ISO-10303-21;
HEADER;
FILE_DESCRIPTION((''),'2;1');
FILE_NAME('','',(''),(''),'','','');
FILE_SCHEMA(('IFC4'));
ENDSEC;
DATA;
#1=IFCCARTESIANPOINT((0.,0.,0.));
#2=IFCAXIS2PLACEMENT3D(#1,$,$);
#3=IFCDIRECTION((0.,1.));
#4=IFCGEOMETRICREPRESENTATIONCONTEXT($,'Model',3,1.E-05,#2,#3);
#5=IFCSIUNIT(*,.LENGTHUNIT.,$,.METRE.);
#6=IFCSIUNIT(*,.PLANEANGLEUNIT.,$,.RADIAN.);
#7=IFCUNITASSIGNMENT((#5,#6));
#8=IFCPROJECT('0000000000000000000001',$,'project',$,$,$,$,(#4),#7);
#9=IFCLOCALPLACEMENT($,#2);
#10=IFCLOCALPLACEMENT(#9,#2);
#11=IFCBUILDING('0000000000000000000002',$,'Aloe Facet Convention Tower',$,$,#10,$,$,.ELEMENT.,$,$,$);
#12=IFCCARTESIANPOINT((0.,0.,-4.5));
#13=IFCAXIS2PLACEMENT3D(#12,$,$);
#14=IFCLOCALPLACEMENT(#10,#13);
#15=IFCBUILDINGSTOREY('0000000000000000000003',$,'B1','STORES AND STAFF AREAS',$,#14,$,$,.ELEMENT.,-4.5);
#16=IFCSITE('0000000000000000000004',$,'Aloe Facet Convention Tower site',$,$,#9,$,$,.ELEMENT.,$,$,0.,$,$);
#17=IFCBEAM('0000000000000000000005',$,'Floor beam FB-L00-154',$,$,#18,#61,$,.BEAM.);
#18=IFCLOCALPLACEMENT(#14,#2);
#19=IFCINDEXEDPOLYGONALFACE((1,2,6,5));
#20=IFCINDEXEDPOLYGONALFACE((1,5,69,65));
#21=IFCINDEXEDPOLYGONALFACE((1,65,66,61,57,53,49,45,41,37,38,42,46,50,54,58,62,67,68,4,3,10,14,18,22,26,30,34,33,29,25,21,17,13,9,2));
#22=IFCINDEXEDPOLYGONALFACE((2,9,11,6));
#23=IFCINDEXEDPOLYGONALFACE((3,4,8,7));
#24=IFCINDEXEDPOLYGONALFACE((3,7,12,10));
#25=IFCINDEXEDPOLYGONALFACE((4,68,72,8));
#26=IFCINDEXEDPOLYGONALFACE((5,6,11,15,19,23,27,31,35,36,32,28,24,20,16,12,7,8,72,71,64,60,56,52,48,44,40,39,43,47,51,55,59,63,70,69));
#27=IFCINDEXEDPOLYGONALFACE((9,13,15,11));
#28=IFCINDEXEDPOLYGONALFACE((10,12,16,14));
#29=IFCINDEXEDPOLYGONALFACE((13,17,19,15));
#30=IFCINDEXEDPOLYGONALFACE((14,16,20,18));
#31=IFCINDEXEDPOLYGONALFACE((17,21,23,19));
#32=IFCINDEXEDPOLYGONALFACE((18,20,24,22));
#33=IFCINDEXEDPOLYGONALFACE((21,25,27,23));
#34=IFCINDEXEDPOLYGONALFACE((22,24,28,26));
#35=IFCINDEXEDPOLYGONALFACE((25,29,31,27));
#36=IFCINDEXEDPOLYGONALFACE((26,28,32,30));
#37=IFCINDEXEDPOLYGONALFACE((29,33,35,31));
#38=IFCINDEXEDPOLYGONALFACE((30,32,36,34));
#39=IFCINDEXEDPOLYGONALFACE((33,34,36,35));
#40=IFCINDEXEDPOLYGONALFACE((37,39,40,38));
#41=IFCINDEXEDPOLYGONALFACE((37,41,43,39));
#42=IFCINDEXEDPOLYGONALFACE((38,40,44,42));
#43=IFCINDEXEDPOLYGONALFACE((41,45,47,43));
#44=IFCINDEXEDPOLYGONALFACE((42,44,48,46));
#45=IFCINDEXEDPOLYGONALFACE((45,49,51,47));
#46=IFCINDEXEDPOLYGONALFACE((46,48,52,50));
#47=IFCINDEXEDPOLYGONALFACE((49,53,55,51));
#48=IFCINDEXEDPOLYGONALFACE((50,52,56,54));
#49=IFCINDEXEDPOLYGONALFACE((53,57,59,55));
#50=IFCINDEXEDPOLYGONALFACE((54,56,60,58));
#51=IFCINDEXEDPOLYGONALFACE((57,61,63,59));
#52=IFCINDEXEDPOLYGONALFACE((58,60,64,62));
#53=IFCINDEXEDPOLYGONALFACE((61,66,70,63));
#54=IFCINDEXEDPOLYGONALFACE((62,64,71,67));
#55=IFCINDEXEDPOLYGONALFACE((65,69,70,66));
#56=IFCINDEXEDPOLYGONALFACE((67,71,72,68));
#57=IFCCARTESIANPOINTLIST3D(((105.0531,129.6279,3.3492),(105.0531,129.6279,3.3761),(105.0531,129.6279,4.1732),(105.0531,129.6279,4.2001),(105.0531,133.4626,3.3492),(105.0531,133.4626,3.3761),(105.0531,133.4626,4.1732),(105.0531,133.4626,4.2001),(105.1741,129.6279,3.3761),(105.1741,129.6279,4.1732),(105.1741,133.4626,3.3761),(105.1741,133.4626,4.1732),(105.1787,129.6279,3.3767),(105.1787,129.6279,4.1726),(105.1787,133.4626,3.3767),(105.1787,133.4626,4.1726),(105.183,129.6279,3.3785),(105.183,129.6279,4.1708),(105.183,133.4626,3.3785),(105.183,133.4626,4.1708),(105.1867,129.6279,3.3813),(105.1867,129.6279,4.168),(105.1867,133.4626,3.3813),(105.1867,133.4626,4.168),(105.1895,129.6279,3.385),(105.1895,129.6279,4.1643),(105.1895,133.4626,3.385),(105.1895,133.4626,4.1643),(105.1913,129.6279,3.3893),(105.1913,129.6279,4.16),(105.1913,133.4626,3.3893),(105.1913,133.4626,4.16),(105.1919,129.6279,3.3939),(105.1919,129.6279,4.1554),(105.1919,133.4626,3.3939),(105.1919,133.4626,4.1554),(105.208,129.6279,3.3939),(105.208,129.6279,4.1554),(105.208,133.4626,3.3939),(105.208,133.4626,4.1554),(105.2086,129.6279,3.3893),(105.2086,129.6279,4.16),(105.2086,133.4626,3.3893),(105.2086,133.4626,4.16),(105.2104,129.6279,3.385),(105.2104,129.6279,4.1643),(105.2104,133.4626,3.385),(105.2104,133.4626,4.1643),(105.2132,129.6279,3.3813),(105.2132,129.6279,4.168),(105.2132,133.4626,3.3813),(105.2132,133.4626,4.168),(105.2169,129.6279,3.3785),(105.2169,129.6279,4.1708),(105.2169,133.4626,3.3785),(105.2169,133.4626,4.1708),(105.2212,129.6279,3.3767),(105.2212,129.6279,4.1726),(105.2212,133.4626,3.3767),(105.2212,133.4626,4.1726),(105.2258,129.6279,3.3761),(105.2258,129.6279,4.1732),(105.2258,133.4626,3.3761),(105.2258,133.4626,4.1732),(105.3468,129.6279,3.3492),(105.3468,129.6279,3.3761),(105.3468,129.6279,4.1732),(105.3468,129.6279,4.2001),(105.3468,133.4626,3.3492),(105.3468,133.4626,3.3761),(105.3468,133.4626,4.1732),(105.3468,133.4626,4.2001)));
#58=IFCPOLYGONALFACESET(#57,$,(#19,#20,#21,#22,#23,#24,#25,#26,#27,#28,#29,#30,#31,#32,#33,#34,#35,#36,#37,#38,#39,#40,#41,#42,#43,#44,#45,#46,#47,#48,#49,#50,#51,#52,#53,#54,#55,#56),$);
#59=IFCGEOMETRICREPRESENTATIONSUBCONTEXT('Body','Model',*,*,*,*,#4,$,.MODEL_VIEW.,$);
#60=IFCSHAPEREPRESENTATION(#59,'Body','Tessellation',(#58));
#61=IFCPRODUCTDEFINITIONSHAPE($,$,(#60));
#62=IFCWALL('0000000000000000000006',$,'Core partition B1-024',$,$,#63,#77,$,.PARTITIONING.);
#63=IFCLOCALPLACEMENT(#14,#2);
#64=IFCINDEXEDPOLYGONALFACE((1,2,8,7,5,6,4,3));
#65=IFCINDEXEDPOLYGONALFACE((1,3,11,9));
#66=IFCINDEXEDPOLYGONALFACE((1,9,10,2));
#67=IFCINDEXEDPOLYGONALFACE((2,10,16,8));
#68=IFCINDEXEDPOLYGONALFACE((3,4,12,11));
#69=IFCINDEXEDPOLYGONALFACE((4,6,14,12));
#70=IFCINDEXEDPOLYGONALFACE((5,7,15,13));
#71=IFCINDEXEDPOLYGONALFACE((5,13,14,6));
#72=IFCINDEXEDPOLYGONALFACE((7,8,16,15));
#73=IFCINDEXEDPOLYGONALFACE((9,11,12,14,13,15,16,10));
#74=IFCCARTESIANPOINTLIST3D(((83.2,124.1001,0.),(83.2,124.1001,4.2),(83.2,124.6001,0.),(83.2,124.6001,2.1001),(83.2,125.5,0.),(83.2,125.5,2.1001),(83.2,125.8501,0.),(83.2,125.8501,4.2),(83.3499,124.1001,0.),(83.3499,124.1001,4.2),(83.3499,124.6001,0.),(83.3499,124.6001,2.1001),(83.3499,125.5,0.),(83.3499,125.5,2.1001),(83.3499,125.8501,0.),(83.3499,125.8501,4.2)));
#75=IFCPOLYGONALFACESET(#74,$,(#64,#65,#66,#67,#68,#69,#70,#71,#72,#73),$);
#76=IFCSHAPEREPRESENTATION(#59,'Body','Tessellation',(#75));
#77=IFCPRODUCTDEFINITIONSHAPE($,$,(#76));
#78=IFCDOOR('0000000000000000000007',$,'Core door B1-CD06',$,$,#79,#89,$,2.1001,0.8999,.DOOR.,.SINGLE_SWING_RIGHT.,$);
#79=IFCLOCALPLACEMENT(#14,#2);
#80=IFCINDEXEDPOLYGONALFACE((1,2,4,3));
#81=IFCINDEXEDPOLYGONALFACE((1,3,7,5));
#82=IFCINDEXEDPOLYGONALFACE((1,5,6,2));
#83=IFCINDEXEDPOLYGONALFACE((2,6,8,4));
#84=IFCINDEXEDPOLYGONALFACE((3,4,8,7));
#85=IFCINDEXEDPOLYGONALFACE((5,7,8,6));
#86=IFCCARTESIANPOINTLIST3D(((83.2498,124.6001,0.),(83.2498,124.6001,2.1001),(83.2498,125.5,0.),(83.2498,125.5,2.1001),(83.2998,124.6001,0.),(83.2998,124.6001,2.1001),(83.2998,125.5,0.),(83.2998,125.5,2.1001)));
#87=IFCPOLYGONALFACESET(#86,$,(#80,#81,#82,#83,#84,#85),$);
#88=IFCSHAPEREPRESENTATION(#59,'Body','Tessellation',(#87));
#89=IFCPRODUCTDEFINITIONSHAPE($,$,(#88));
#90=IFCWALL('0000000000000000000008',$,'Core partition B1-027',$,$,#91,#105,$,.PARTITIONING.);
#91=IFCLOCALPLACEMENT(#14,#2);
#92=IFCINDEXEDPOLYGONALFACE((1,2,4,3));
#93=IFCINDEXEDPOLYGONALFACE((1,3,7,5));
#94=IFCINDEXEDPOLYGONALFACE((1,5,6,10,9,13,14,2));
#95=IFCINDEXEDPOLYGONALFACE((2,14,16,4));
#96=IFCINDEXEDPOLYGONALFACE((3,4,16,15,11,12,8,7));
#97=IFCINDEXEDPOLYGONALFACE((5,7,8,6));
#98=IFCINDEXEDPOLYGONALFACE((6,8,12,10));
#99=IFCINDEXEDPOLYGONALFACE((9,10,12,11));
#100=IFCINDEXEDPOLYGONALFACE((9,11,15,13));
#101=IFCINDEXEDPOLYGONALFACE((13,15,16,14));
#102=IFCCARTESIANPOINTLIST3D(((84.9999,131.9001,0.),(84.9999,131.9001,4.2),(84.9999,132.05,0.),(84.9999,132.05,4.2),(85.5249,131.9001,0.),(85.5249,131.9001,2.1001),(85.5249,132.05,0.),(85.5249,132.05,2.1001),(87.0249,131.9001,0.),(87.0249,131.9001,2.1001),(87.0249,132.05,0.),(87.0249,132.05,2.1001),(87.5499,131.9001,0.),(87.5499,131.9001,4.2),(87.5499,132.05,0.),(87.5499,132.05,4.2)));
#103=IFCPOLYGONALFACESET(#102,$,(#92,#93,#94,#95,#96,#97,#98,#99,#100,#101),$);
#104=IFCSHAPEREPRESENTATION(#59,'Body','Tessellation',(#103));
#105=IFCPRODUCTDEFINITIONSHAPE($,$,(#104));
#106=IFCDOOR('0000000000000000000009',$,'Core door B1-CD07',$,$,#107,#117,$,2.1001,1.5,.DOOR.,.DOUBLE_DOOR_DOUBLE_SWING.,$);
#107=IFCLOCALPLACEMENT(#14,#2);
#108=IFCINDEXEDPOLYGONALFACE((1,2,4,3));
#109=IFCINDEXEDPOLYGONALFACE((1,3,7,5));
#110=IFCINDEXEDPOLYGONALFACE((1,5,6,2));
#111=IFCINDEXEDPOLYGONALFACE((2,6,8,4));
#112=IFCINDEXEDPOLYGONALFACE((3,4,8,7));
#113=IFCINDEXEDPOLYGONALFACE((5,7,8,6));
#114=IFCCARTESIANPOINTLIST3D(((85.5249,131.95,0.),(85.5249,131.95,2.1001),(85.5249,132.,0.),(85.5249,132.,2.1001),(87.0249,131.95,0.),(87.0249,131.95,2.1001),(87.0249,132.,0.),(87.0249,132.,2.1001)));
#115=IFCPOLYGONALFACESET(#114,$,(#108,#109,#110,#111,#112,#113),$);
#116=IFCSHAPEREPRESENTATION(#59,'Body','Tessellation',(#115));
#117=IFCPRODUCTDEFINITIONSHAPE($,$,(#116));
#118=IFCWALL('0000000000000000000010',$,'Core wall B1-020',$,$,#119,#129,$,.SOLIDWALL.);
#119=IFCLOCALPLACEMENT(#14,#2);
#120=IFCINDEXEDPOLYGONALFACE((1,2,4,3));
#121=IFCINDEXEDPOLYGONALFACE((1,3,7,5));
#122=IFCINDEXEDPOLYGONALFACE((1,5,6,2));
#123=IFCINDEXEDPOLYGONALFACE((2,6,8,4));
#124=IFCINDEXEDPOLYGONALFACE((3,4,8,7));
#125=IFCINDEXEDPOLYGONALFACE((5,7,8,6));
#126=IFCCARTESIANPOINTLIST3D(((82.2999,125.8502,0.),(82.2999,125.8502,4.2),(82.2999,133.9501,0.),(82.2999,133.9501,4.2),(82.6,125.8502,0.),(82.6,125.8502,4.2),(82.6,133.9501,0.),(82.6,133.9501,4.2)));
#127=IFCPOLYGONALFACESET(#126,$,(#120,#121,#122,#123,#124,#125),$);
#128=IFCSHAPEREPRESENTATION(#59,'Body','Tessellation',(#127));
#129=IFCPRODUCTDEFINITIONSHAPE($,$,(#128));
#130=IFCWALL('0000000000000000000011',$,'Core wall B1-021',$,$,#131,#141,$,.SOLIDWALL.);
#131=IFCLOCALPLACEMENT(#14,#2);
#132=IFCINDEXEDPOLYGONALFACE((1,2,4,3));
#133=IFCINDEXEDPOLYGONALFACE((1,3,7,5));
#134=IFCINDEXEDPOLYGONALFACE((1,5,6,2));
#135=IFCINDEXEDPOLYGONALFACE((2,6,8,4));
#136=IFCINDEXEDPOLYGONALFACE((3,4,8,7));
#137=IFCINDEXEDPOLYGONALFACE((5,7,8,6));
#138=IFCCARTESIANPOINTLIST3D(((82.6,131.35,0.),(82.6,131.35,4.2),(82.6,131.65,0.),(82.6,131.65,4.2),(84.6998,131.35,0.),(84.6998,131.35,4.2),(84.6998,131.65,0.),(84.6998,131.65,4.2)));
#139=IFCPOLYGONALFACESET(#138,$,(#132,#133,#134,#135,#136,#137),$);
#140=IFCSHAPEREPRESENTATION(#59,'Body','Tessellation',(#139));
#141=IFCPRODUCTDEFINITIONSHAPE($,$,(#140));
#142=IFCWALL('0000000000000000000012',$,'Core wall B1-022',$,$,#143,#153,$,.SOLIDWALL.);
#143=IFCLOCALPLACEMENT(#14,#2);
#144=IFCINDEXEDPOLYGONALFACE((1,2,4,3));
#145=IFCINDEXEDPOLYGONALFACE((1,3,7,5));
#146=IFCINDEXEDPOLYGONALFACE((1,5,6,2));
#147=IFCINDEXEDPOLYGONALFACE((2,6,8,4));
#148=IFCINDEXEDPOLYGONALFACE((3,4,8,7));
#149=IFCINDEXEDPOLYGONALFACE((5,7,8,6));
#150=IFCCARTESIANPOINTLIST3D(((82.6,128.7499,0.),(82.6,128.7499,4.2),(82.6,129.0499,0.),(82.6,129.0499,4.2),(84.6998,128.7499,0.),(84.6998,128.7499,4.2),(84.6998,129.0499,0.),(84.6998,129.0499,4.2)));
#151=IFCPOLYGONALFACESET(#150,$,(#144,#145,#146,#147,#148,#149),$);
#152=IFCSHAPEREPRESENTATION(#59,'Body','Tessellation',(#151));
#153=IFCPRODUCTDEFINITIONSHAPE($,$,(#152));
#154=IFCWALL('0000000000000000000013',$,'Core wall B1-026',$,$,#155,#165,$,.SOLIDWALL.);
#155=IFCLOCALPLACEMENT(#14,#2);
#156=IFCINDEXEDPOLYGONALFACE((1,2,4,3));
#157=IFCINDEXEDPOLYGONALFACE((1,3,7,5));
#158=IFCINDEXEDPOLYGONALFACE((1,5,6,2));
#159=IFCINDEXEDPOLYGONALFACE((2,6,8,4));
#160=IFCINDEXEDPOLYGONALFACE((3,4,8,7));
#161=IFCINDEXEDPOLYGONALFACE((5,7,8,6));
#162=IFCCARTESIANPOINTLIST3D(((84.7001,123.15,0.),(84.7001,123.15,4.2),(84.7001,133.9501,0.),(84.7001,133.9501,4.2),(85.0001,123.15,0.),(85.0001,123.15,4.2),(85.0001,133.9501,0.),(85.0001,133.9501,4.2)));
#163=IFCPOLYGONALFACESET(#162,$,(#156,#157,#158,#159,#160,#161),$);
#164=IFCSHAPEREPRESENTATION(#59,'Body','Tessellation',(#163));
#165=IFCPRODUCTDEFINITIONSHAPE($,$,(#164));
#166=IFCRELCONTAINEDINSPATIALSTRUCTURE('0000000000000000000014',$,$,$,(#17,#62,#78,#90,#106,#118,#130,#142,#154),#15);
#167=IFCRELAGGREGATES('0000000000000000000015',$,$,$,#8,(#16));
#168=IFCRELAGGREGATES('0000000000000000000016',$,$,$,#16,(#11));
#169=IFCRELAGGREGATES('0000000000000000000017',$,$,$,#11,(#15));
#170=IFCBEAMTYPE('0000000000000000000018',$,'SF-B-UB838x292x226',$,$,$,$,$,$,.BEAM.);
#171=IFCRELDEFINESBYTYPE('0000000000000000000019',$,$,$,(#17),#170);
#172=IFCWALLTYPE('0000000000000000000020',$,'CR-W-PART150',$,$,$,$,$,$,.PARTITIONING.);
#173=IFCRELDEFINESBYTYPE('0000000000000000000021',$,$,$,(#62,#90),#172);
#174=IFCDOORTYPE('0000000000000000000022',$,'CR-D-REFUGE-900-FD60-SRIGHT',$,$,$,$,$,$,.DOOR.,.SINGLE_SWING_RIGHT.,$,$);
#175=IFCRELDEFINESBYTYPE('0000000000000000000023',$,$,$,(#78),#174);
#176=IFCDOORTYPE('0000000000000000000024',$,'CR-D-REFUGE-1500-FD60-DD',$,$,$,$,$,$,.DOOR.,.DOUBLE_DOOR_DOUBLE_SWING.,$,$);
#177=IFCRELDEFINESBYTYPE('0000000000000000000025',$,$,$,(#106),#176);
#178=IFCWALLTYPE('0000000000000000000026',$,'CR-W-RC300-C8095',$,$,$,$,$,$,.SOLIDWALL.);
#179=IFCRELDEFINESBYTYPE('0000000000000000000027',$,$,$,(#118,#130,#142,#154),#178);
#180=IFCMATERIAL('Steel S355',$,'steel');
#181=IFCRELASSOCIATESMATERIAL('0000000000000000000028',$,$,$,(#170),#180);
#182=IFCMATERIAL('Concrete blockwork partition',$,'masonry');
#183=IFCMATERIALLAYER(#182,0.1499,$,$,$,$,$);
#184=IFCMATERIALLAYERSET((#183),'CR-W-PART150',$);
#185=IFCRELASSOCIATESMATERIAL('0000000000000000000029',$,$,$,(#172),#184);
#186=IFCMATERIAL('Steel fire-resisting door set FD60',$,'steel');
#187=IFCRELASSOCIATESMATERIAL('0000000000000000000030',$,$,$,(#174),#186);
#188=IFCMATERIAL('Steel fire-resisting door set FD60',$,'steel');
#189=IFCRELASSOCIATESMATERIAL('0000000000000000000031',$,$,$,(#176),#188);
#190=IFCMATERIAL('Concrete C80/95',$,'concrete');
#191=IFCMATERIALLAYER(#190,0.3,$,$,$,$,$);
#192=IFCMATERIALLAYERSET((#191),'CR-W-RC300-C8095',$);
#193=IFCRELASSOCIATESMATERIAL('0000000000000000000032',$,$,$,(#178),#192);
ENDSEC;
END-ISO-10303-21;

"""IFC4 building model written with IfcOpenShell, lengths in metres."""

from ifc_helpers import new_model, si_unit, direction, frame, frame_2d, origin, origin_2d, place, context, subcontext, project, spatial, rectangle, i_section, extrude, material, layer, layer_set, material_profile, profile_set, type_object, element, fill, save


model = new_model("IFC4")

# Units and contexts
model_context = context("Model", 3, precision=1e-05, world=origin(), true_north=direction((0.0, 1.0)))
body_context = subcontext(model_context, "Body", "Model", "MODEL_VIEW")
ifc_project = project(units=[si_unit("LENGTHUNIT", "METRE"), si_unit("PLANEANGLEUNIT", "RADIAN")], contexts=[model_context])

# Site, building, storey
site_placement = place(None, origin())
site = spatial("IfcSite", under=ifc_project, at=site_placement, Name="Aloe Facet Convention Tower site", CompositionType="ELEMENT", RefElevation=0.0)
building_placement = place(site_placement, origin())
building = spatial("IfcBuilding", under=site, at=building_placement, Name="Aloe Facet Convention Tower", CompositionType="ELEMENT")
storey_placement = place(building_placement, frame((0.0, 0.0, -4.5)))
storey = spatial("IfcBuildingStorey", under=building, at=storey_placement, Name="B1", Description="STORES AND STAFF AREAS", CompositionType="ELEMENT", Elevation=-4.5)

# Beam
ifc_material_1 = material(Name="Steel S355", Category="steel")
ifc_material_profile_1 = material_profile(ifc_material_1, i_section(OverallWidth=0.2937, OverallDepth=0.8508, WebThickness=0.0161, FlangeThickness=0.0269, FilletRadius=0.0178, at=origin_2d()), Name="UB 838x292x226")
ifc_profile_set_1 = profile_set([ifc_material_profile_1], Name="Steel S355")
beam_type_1 = type_object("IfcBeamType", Name="SF-B-UB838x292x226", PredefinedType="BEAM", material=ifc_profile_set_1)
beam_1_placement = place(storey_placement, frame((105.2, 129.6279, 3.7747), z_axis=(0.0, 1.0, 0.0), x_axis=(-1.0, 0.0, 0.0)))
element("IfcBeam", 1, at=beam_1_placement, inside=storey, type_object=beam_type_1, Name="Floor beam FB-L00-154", PredefinedType="BEAM", context=body_context, shape_type="SweptSolid", body=[
    extrude(i_section(OverallWidth=0.2937, OverallDepth=0.8508, WebThickness=0.0161, FlangeThickness=0.0269, FilletRadius=0.0178, at=origin_2d()), origin(), (0.0, 0.0, 1.0), 3.8347),
])

# Walls, openings, doors
ifc_material_2 = material(Name="Concrete blockwork partition", Category="masonry")
ifc_layer_1 = layer(ifc_material_2, 0.1499)
ifc_layer_set_1 = layer_set([ifc_layer_1], Name="CR-W-PART150")
wall_type_1 = type_object("IfcWallType", Name="CR-W-PART150", PredefinedType="PARTITIONING", material=ifc_layer_set_1)
wall_1_placement = place(storey_placement, frame((83.2749, 125.8501, 0.0), z_axis=(0.0, 0.0, 1.0), x_axis=(0.0, -1.0, 0.0)))
wall_1 = element("IfcWall", 2, at=wall_1_placement, inside=storey, type_object=wall_type_1, Name="Core partition B1-024", PredefinedType="PARTITIONING", context=body_context, shape_type="SweptSolid", body=[
    extrude(rectangle(XDim=1.75, YDim=0.1499, at=frame_2d((0.875, 0.0))), origin(), (0.0, 0.0, 1.0), 4.2),
])
opening_1_placement = place(wall_1_placement, frame((0.3501, 0.0, 0.0)))
opening_1 = element("IfcOpeningElement", 3, at=opening_1_placement, cuts=wall_1, PredefinedType="OPENING", context=body_context, shape_type="SweptSolid", body=[
    extrude(rectangle(XDim=0.8999, YDim=2.1001, at=frame_2d((0.45, 1.05))), frame((0.0, 0.085, 0.0), z_axis=(0.0, -1.0, 0.0), x_axis=(1.0, 0.0, 0.0)), (0.0, 0.0, 1.0), 0.1699),
])
ifc_material_3 = material(Name="Steel fire-resisting door set FD60", Category="steel")
door_type_1 = type_object("IfcDoorType", Name="CR-D-REFUGE-900-FD60-SRIGHT", OperationType="SINGLE_SWING_RIGHT", PredefinedType="DOOR", material=ifc_material_3)
door_1_placement = place(opening_1_placement, origin())
door_1 = element("IfcDoor", 4, at=door_1_placement, inside=storey, type_object=door_type_1, Name="Core door B1-CD06", OperationType="SINGLE_SWING_RIGHT", OverallHeight=2.1001, OverallWidth=0.8999, PredefinedType="DOOR", context=body_context, shape_type="SweptSolid", body=[
    extrude(rectangle(XDim=0.8999, YDim=2.1001, at=frame_2d((0.45, 1.05))), frame((0.0, 0.0249, 0.0), z_axis=(0.0, -1.0, 0.0), x_axis=(1.0, 0.0, 0.0)), (0.0, 0.0, 1.0), 0.05),
])
fill(opening_1, door_1)
wall_2_placement = place(storey_placement, frame((85.0, 131.9751, 0.0), z_axis=(0.0, 0.0, 1.0), x_axis=(1.0, 0.0, 0.0)))
wall_2 = element("IfcWall", 5, at=wall_2_placement, inside=storey, type_object=wall_type_1, Name="Core partition B1-027", PredefinedType="PARTITIONING", context=body_context, shape_type="SweptSolid", body=[
    extrude(rectangle(XDim=2.55, YDim=0.1499, at=frame_2d((1.2749, 0.0))), origin(), (0.0, 0.0, 1.0), 4.2),
])
opening_2_placement = place(wall_2_placement, frame((0.5249, 0.0, 0.0)))
opening_2 = element("IfcOpeningElement", 6, at=opening_2_placement, cuts=wall_2, PredefinedType="OPENING", context=body_context, shape_type="SweptSolid", body=[
    extrude(rectangle(XDim=1.5, YDim=2.1001, at=frame_2d((0.75, 1.05))), frame((0.0, 0.085, 0.0), z_axis=(0.0, -1.0, 0.0), x_axis=(1.0, 0.0, 0.0)), (0.0, 0.0, 1.0), 0.1699),
])
ifc_material_4 = material(Name="Steel fire-resisting door set FD60", Category="steel")
door_type_2 = type_object("IfcDoorType", Name="CR-D-REFUGE-1500-FD60-DD", OperationType="DOUBLE_DOOR_DOUBLE_SWING", PredefinedType="DOOR", material=ifc_material_4)
door_2_placement = place(opening_2_placement, origin())
door_2 = element("IfcDoor", 7, at=door_2_placement, inside=storey, type_object=door_type_2, Name="Core door B1-CD07", OperationType="DOUBLE_DOOR_DOUBLE_SWING", OverallHeight=2.1001, OverallWidth=1.5, PredefinedType="DOOR", context=body_context, shape_type="SweptSolid", body=[
    extrude(rectangle(XDim=1.5, YDim=2.1001, at=frame_2d((0.75, 1.05))), frame((0.0, 0.0249, 0.0), z_axis=(0.0, -1.0, 0.0), x_axis=(1.0, 0.0, 0.0)), (0.0, 0.0, 1.0), 0.05),
])
fill(opening_2, door_2)

# Walls
ifc_material_5 = material(Name="Concrete C80/95", Category="concrete")
ifc_layer_2 = layer(ifc_material_5, 0.3)
ifc_layer_set_2 = layer_set([ifc_layer_2], Name="CR-W-RC300-C8095")
wall_type_2 = type_object("IfcWallType", Name="CR-W-RC300-C8095", PredefinedType="SOLIDWALL", material=ifc_layer_set_2)
wall_3_placement = place(storey_placement, frame((82.45, 133.95, 0.0), z_axis=(0.0, 0.0, 1.0), x_axis=(0.0, -1.0, 0.0)))
element("IfcWall", 8, at=wall_3_placement, inside=storey, type_object=wall_type_2, Name="Core wall B1-020", PredefinedType="SOLIDWALL", context=body_context, shape_type="SweptSolid", body=[
    extrude(rectangle(XDim=8.0999, YDim=0.3, at=frame_2d((4.0498, 0.0))), origin(), (0.0, 0.0, 1.0), 4.2),
])
for number, where, z_axis, x_axis, name in (
    (9, (82.6001, 131.5, 0.0), (0.0, 0.0, 1.0), (1.0, 0.0, 0.0), "Core wall B1-021"),
    (10, (82.6001, 128.8999, 0.0), (0.0, 0.0, 1.0), (1.0, 0.0, 0.0), "Core wall B1-022"),
):
    element("IfcWall", number, at=place(storey_placement, frame(where, z_axis=z_axis, x_axis=x_axis)), inside=storey, type_object=wall_type_2, Name=name, PredefinedType="SOLIDWALL", context=body_context, shape_type="SweptSolid", body=[
        extrude(rectangle(XDim=2.0999, YDim=0.3, at=frame_2d((1.0498, 0.0))), origin(), (0.0, 0.0, 1.0), 4.2),
    ])
wall_4_placement = place(storey_placement, frame((84.8501, 133.95, 0.0), z_axis=(0.0, 0.0, 1.0), x_axis=(0.0, -1.0, 0.0)))
element("IfcWall", 11, at=wall_4_placement, inside=storey, type_object=wall_type_2, Name="Core wall B1-026", PredefinedType="SOLIDWALL", context=body_context, shape_type="SweptSolid", body=[
    extrude(rectangle(XDim=10.8, YDim=0.3, at=frame_2d((5.3999, 0.0))), origin(), (0.0, 0.0, 1.0), 4.2),
])

save(model, "model.ifc")
